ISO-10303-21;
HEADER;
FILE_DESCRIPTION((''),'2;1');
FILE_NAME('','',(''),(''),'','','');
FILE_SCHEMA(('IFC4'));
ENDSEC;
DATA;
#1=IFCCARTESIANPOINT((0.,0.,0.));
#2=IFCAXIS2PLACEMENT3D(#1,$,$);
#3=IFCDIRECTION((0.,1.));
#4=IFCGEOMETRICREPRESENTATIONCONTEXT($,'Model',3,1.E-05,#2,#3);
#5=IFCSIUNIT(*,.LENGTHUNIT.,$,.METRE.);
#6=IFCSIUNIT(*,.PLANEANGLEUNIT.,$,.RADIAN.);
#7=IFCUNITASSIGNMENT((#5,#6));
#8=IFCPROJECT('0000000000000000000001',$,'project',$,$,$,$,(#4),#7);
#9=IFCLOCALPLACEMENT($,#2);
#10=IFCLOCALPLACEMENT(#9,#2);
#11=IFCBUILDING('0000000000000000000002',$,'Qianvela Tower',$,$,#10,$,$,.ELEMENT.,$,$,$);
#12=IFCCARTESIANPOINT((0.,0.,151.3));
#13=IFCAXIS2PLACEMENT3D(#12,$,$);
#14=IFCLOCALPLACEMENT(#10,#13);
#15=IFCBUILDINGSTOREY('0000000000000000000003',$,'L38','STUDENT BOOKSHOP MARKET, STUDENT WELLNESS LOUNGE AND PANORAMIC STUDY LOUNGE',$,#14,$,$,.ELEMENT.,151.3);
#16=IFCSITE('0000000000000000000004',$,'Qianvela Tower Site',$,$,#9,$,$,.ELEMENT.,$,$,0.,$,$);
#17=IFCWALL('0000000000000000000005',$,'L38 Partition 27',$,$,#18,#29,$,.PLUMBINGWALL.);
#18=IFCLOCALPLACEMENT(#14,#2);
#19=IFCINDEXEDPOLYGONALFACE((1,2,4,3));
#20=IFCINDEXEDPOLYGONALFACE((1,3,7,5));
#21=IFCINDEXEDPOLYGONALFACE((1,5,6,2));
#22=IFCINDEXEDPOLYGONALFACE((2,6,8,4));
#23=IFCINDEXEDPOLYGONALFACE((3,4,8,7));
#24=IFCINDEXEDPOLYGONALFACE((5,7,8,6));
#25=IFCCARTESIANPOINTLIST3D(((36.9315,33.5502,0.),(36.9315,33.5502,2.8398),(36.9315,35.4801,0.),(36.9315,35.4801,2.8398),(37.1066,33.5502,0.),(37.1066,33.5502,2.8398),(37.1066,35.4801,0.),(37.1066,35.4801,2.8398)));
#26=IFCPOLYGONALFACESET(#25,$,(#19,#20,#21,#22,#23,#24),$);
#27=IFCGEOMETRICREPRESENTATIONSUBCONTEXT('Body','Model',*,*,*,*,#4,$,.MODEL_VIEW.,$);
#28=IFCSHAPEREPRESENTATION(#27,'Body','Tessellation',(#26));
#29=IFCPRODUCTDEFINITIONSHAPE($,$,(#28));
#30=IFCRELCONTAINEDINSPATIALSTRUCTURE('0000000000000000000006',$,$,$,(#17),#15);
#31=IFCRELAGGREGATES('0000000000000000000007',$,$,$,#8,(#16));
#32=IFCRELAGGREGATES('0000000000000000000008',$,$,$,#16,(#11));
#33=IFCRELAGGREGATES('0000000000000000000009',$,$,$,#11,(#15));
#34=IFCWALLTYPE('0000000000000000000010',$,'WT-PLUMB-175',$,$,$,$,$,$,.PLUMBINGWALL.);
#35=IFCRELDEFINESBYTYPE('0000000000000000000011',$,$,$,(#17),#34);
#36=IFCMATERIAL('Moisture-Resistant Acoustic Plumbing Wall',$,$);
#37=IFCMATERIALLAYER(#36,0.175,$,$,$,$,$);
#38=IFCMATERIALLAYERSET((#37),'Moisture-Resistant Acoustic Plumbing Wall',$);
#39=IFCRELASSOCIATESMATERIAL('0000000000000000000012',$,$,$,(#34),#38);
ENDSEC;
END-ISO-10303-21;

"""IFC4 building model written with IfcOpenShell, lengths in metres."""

from ifc_helpers import new_model, si_unit, direction, frame, frame_2d, origin, place, context, subcontext, project, spatial, rectangle, extrude, material, layer, layer_set, type_object, element, save


model = new_model("IFC4")

# Units and contexts
model_context = context("Model", 3, precision=1e-05, world=origin(), true_north=direction((0.0, 1.0)))
body_context = subcontext(model_context, "Body", "Model", "MODEL_VIEW")
ifc_project = project(units=[si_unit("LENGTHUNIT", "METRE"), si_unit("PLANEANGLEUNIT", "RADIAN")], contexts=[model_context])

# Site, building, storey
site_placement = place(None, origin())
site = spatial("IfcSite", under=ifc_project, at=site_placement, Name="Qianvela Tower Site", CompositionType="ELEMENT", RefElevation=0.0)
building_placement = place(site_placement, origin())
building = spatial("IfcBuilding", under=site, at=building_placement, Name="Qianvela Tower", CompositionType="ELEMENT")
storey_placement = place(building_placement, frame((0.0, 0.0, 151.3)))
storey = spatial("IfcBuildingStorey", under=building, at=storey_placement, Name="L38", Description="STUDENT BOOKSHOP MARKET, STUDENT WELLNESS LOUNGE AND PANORAMIC STUDY LOUNGE", CompositionType="ELEMENT", Elevation=151.3)

# Shared definitions
ifc_material_1 = material(Name="Moisture-Resistant Acoustic Plumbing Wall")
ifc_layer_1 = layer(ifc_material_1, 0.175)
ifc_layer_set_1 = layer_set([ifc_layer_1], Name="Moisture-Resistant Acoustic Plumbing Wall")
wall_type_1 = type_object("IfcWallType", Name="WT-PLUMB-175", PredefinedType="PLUMBINGWALL", material=ifc_layer_set_1)

# Wall
wall_1_placement = place(storey_placement, frame((37.019, 35.48, 0.0), z_axis=(0.0, 0.0, 1.0), x_axis=(0.0, -1.0, 0.0)))
element("IfcWall", 1, at=wall_1_placement, inside=storey, type_object=wall_type_1, Name="L38 Partition 27", PredefinedType="PLUMBINGWALL", context=body_context, shape_type="SweptSolid", body=[
    extrude(rectangle(XDim=1.9299, YDim=0.175, at=frame_2d((0.9648, 0.0))), origin(), (0.0, 0.0, 1.0), 2.8398),
])

save(model, "model.ifc")
